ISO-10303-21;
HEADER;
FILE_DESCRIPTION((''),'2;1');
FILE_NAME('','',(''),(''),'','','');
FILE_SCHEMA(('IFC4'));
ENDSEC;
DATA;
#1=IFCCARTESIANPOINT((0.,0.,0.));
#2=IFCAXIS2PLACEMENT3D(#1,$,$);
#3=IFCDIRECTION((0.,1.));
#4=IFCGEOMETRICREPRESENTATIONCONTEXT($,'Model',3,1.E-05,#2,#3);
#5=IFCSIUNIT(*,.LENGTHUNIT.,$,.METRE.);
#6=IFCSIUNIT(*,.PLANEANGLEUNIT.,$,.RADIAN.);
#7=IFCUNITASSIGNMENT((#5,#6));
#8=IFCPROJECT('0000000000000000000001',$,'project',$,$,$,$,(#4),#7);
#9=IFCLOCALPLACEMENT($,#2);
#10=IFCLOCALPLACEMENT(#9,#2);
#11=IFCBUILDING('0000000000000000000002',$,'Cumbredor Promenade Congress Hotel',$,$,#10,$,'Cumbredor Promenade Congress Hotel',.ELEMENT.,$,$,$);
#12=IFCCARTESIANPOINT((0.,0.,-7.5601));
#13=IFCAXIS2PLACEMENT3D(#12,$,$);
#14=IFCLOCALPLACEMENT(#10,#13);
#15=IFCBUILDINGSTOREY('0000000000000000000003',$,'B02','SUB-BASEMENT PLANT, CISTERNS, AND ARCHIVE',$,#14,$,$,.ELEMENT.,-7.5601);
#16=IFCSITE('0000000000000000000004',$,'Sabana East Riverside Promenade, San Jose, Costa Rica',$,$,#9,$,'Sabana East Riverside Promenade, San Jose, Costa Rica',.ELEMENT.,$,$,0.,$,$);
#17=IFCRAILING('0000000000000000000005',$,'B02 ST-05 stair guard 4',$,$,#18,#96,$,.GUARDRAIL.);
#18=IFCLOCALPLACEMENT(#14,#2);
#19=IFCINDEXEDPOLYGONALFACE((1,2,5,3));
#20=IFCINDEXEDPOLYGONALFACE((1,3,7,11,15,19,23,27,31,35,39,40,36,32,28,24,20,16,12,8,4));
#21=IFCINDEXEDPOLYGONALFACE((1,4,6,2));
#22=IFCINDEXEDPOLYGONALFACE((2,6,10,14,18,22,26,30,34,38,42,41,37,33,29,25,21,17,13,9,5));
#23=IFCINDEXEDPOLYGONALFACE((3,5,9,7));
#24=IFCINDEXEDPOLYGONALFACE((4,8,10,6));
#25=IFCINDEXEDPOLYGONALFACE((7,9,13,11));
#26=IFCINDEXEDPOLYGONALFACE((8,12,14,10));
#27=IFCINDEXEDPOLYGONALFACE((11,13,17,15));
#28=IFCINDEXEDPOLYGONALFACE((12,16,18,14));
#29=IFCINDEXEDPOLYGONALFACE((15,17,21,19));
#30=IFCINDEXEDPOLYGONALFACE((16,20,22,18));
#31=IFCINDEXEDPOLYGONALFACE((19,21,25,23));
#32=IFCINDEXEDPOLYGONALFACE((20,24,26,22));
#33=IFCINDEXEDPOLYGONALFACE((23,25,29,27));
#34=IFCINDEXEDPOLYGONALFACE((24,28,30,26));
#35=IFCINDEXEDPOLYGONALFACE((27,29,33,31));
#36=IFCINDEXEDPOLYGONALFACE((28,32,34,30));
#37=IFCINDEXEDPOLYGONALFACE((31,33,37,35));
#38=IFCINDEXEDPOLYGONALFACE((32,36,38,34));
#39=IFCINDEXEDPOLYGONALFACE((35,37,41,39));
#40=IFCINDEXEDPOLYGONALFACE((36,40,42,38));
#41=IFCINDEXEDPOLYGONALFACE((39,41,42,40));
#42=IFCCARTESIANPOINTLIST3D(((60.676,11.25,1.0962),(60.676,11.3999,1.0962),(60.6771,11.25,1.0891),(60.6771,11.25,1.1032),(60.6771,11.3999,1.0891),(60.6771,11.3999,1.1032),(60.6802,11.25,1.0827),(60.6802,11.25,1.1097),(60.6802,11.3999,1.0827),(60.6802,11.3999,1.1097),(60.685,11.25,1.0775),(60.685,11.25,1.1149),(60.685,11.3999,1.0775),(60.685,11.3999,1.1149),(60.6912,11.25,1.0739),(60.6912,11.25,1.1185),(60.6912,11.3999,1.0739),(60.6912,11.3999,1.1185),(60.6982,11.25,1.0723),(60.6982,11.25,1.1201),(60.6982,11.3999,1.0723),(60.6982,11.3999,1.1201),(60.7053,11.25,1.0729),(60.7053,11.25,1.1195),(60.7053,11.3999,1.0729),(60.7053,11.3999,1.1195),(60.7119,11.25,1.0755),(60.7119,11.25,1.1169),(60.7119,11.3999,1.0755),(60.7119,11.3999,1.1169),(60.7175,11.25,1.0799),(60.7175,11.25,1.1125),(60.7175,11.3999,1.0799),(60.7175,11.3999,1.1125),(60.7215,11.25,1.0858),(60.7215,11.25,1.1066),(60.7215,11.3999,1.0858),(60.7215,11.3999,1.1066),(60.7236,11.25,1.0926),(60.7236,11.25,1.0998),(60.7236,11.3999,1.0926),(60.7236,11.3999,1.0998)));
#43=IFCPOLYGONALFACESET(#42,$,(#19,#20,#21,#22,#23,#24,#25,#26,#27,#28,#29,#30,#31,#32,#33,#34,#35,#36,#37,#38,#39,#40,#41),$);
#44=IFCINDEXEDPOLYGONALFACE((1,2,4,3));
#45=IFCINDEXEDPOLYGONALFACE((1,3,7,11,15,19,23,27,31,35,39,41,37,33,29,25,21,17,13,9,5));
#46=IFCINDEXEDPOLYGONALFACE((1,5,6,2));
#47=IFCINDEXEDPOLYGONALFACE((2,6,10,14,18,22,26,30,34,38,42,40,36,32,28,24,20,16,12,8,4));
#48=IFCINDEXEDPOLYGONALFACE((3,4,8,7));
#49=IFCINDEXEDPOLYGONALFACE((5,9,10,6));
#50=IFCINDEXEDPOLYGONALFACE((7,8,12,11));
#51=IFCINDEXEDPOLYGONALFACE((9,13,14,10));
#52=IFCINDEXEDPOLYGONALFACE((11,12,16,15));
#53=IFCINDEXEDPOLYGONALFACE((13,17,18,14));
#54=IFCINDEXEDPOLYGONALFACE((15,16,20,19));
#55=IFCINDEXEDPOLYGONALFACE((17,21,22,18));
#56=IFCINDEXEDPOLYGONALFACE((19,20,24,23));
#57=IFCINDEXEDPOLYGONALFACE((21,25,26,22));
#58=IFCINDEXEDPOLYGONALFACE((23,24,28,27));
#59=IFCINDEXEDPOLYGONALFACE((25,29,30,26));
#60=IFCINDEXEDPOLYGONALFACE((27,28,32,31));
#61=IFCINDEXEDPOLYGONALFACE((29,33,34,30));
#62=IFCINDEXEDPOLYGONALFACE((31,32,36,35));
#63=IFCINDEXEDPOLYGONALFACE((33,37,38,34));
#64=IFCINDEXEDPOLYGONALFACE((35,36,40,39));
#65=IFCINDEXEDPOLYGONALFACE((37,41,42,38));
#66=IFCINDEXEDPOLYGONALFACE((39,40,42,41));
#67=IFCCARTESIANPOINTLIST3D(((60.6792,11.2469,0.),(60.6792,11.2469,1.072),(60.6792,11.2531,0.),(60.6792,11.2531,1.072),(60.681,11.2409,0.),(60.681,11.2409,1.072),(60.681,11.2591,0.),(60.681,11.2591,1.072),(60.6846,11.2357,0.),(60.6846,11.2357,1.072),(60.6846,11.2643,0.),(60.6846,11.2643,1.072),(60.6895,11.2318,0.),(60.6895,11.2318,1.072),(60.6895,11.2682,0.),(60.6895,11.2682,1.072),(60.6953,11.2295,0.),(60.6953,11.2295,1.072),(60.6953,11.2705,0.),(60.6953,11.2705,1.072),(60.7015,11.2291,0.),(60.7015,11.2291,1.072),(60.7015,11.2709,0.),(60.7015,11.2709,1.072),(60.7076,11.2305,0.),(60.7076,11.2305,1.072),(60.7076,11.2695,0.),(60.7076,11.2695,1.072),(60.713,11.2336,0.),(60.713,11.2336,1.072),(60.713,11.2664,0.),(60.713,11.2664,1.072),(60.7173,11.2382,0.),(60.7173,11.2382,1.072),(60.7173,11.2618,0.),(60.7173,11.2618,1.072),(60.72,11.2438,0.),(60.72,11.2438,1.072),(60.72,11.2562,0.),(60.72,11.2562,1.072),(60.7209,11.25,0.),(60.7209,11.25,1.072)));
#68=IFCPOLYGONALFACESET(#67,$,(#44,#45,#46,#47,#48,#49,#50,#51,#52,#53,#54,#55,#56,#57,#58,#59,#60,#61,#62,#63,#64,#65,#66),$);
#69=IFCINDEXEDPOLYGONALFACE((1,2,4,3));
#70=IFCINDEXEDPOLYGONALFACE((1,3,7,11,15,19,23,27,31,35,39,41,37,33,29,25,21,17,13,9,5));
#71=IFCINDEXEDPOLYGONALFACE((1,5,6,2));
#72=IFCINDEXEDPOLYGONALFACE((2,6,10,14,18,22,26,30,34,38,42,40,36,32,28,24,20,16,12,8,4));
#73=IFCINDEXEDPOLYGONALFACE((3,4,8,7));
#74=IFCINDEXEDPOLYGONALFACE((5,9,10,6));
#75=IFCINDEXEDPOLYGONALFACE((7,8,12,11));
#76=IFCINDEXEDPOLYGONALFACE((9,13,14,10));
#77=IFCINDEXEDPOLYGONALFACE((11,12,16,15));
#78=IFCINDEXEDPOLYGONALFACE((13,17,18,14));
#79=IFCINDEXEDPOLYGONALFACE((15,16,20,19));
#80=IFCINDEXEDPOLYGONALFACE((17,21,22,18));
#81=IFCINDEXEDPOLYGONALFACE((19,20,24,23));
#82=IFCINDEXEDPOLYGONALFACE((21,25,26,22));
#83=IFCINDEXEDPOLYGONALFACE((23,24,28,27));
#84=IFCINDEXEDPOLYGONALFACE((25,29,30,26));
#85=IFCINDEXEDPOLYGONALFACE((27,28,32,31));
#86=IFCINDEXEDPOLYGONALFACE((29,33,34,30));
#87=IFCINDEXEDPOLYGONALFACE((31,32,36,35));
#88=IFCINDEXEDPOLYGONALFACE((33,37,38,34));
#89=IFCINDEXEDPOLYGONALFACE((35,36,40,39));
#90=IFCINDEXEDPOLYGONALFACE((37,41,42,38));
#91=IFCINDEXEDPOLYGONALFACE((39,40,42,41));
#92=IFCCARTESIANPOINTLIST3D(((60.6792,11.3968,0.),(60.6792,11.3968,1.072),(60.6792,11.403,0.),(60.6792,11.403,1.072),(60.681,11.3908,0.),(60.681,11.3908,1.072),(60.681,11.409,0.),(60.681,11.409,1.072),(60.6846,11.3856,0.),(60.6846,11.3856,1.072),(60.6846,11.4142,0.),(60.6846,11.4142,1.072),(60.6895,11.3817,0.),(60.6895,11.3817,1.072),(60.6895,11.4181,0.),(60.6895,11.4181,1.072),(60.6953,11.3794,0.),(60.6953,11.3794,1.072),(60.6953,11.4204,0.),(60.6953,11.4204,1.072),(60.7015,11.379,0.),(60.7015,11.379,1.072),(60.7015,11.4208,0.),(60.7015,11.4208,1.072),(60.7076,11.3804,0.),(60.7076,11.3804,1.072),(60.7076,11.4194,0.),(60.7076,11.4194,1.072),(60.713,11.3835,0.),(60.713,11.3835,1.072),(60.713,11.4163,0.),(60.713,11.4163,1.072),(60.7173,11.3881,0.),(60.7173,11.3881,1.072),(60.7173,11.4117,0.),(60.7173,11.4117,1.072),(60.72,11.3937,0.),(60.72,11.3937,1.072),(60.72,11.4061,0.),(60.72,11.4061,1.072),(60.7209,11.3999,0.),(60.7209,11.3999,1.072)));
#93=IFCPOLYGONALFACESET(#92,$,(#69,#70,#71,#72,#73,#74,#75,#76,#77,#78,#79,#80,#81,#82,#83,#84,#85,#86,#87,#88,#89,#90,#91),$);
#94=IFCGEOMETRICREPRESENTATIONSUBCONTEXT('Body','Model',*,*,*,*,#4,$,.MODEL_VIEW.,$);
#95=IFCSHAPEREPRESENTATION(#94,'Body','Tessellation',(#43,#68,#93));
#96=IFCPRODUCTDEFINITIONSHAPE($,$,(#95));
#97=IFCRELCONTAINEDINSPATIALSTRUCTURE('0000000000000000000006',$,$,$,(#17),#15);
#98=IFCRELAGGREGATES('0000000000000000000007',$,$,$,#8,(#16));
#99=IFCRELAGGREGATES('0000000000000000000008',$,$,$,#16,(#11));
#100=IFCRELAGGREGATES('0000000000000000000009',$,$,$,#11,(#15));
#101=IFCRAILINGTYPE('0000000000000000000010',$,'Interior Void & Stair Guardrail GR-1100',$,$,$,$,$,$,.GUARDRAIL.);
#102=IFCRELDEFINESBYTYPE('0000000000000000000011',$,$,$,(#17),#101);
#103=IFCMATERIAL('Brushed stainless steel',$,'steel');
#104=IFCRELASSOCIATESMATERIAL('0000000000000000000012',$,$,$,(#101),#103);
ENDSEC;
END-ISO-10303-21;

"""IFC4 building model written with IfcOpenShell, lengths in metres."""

from ifc_helpers import new_model, si_unit, direction, frame, origin, origin_2d, place, context, subcontext, project, spatial, circle, extrude, material, type_object, element, save


model = new_model("IFC4")

# Units and contexts
model_context = context("Model", 3, precision=1e-05, world=origin(), true_north=direction((0.0, 1.0)))
body_context = subcontext(model_context, "Body", "Model", "MODEL_VIEW")
ifc_project = project(units=[si_unit("LENGTHUNIT", "METRE"), si_unit("PLANEANGLEUNIT", "RADIAN")], contexts=[model_context])

# Site, building, storey
site_placement = place(None, origin())
site = spatial("IfcSite", under=ifc_project, at=site_placement, Name="Sabana East Riverside Promenade, San Jose, Costa Rica", LongName="Sabana East Riverside Promenade, San Jose, Costa Rica", CompositionType="ELEMENT", RefElevation=0.0)
building_placement = place(site_placement, origin())
building = spatial("IfcBuilding", under=site, at=building_placement, Name="Cumbredor Promenade Congress Hotel", LongName="Cumbredor Promenade Congress Hotel", CompositionType="ELEMENT")
storey_placement = place(building_placement, frame((0.0, 0.0, -7.5601)))
storey = spatial("IfcBuildingStorey", under=building, at=storey_placement, Name="B02", Description="SUB-BASEMENT PLANT, CISTERNS, AND ARCHIVE", CompositionType="ELEMENT", Elevation=-7.5601)

# Railing
ifc_material_1 = material(Name="Brushed stainless steel", Category="steel")
railing_type_1 = type_object("IfcRailingType", Name="Interior Void & Stair Guardrail GR-1100", PredefinedType="GUARDRAIL", material=ifc_material_1)
railing_1_placement = place(storey_placement, frame((60.7, 11.25, 0.0)))
element("IfcRailing", 1, at=railing_1_placement, inside=storey, type_object=railing_type_1, Name="B02 ST-05 stair guard 4", PredefinedType="GUARDRAIL", context=body_context, shape_type="SweptSolid", body=[
    extrude(circle(Radius=0.0239, at=origin_2d()), frame((0.0, 0.0, 1.0962), z_axis=(0.0, 1.0, 0.0), x_axis=(-1.0, 0.0, 0.0)), (0.0, 0.0, 1.0), 0.1499),
    extrude(circle(Radius=0.021, at=origin_2d()), origin(), (0.0, 0.0, 1.0), 1.072),
    extrude(circle(Radius=0.021, at=origin_2d()), frame((0.0, 0.1499, 0.0)), (0.0, 0.0, 1.0), 1.072),
])

save(model, "model.ifc")
